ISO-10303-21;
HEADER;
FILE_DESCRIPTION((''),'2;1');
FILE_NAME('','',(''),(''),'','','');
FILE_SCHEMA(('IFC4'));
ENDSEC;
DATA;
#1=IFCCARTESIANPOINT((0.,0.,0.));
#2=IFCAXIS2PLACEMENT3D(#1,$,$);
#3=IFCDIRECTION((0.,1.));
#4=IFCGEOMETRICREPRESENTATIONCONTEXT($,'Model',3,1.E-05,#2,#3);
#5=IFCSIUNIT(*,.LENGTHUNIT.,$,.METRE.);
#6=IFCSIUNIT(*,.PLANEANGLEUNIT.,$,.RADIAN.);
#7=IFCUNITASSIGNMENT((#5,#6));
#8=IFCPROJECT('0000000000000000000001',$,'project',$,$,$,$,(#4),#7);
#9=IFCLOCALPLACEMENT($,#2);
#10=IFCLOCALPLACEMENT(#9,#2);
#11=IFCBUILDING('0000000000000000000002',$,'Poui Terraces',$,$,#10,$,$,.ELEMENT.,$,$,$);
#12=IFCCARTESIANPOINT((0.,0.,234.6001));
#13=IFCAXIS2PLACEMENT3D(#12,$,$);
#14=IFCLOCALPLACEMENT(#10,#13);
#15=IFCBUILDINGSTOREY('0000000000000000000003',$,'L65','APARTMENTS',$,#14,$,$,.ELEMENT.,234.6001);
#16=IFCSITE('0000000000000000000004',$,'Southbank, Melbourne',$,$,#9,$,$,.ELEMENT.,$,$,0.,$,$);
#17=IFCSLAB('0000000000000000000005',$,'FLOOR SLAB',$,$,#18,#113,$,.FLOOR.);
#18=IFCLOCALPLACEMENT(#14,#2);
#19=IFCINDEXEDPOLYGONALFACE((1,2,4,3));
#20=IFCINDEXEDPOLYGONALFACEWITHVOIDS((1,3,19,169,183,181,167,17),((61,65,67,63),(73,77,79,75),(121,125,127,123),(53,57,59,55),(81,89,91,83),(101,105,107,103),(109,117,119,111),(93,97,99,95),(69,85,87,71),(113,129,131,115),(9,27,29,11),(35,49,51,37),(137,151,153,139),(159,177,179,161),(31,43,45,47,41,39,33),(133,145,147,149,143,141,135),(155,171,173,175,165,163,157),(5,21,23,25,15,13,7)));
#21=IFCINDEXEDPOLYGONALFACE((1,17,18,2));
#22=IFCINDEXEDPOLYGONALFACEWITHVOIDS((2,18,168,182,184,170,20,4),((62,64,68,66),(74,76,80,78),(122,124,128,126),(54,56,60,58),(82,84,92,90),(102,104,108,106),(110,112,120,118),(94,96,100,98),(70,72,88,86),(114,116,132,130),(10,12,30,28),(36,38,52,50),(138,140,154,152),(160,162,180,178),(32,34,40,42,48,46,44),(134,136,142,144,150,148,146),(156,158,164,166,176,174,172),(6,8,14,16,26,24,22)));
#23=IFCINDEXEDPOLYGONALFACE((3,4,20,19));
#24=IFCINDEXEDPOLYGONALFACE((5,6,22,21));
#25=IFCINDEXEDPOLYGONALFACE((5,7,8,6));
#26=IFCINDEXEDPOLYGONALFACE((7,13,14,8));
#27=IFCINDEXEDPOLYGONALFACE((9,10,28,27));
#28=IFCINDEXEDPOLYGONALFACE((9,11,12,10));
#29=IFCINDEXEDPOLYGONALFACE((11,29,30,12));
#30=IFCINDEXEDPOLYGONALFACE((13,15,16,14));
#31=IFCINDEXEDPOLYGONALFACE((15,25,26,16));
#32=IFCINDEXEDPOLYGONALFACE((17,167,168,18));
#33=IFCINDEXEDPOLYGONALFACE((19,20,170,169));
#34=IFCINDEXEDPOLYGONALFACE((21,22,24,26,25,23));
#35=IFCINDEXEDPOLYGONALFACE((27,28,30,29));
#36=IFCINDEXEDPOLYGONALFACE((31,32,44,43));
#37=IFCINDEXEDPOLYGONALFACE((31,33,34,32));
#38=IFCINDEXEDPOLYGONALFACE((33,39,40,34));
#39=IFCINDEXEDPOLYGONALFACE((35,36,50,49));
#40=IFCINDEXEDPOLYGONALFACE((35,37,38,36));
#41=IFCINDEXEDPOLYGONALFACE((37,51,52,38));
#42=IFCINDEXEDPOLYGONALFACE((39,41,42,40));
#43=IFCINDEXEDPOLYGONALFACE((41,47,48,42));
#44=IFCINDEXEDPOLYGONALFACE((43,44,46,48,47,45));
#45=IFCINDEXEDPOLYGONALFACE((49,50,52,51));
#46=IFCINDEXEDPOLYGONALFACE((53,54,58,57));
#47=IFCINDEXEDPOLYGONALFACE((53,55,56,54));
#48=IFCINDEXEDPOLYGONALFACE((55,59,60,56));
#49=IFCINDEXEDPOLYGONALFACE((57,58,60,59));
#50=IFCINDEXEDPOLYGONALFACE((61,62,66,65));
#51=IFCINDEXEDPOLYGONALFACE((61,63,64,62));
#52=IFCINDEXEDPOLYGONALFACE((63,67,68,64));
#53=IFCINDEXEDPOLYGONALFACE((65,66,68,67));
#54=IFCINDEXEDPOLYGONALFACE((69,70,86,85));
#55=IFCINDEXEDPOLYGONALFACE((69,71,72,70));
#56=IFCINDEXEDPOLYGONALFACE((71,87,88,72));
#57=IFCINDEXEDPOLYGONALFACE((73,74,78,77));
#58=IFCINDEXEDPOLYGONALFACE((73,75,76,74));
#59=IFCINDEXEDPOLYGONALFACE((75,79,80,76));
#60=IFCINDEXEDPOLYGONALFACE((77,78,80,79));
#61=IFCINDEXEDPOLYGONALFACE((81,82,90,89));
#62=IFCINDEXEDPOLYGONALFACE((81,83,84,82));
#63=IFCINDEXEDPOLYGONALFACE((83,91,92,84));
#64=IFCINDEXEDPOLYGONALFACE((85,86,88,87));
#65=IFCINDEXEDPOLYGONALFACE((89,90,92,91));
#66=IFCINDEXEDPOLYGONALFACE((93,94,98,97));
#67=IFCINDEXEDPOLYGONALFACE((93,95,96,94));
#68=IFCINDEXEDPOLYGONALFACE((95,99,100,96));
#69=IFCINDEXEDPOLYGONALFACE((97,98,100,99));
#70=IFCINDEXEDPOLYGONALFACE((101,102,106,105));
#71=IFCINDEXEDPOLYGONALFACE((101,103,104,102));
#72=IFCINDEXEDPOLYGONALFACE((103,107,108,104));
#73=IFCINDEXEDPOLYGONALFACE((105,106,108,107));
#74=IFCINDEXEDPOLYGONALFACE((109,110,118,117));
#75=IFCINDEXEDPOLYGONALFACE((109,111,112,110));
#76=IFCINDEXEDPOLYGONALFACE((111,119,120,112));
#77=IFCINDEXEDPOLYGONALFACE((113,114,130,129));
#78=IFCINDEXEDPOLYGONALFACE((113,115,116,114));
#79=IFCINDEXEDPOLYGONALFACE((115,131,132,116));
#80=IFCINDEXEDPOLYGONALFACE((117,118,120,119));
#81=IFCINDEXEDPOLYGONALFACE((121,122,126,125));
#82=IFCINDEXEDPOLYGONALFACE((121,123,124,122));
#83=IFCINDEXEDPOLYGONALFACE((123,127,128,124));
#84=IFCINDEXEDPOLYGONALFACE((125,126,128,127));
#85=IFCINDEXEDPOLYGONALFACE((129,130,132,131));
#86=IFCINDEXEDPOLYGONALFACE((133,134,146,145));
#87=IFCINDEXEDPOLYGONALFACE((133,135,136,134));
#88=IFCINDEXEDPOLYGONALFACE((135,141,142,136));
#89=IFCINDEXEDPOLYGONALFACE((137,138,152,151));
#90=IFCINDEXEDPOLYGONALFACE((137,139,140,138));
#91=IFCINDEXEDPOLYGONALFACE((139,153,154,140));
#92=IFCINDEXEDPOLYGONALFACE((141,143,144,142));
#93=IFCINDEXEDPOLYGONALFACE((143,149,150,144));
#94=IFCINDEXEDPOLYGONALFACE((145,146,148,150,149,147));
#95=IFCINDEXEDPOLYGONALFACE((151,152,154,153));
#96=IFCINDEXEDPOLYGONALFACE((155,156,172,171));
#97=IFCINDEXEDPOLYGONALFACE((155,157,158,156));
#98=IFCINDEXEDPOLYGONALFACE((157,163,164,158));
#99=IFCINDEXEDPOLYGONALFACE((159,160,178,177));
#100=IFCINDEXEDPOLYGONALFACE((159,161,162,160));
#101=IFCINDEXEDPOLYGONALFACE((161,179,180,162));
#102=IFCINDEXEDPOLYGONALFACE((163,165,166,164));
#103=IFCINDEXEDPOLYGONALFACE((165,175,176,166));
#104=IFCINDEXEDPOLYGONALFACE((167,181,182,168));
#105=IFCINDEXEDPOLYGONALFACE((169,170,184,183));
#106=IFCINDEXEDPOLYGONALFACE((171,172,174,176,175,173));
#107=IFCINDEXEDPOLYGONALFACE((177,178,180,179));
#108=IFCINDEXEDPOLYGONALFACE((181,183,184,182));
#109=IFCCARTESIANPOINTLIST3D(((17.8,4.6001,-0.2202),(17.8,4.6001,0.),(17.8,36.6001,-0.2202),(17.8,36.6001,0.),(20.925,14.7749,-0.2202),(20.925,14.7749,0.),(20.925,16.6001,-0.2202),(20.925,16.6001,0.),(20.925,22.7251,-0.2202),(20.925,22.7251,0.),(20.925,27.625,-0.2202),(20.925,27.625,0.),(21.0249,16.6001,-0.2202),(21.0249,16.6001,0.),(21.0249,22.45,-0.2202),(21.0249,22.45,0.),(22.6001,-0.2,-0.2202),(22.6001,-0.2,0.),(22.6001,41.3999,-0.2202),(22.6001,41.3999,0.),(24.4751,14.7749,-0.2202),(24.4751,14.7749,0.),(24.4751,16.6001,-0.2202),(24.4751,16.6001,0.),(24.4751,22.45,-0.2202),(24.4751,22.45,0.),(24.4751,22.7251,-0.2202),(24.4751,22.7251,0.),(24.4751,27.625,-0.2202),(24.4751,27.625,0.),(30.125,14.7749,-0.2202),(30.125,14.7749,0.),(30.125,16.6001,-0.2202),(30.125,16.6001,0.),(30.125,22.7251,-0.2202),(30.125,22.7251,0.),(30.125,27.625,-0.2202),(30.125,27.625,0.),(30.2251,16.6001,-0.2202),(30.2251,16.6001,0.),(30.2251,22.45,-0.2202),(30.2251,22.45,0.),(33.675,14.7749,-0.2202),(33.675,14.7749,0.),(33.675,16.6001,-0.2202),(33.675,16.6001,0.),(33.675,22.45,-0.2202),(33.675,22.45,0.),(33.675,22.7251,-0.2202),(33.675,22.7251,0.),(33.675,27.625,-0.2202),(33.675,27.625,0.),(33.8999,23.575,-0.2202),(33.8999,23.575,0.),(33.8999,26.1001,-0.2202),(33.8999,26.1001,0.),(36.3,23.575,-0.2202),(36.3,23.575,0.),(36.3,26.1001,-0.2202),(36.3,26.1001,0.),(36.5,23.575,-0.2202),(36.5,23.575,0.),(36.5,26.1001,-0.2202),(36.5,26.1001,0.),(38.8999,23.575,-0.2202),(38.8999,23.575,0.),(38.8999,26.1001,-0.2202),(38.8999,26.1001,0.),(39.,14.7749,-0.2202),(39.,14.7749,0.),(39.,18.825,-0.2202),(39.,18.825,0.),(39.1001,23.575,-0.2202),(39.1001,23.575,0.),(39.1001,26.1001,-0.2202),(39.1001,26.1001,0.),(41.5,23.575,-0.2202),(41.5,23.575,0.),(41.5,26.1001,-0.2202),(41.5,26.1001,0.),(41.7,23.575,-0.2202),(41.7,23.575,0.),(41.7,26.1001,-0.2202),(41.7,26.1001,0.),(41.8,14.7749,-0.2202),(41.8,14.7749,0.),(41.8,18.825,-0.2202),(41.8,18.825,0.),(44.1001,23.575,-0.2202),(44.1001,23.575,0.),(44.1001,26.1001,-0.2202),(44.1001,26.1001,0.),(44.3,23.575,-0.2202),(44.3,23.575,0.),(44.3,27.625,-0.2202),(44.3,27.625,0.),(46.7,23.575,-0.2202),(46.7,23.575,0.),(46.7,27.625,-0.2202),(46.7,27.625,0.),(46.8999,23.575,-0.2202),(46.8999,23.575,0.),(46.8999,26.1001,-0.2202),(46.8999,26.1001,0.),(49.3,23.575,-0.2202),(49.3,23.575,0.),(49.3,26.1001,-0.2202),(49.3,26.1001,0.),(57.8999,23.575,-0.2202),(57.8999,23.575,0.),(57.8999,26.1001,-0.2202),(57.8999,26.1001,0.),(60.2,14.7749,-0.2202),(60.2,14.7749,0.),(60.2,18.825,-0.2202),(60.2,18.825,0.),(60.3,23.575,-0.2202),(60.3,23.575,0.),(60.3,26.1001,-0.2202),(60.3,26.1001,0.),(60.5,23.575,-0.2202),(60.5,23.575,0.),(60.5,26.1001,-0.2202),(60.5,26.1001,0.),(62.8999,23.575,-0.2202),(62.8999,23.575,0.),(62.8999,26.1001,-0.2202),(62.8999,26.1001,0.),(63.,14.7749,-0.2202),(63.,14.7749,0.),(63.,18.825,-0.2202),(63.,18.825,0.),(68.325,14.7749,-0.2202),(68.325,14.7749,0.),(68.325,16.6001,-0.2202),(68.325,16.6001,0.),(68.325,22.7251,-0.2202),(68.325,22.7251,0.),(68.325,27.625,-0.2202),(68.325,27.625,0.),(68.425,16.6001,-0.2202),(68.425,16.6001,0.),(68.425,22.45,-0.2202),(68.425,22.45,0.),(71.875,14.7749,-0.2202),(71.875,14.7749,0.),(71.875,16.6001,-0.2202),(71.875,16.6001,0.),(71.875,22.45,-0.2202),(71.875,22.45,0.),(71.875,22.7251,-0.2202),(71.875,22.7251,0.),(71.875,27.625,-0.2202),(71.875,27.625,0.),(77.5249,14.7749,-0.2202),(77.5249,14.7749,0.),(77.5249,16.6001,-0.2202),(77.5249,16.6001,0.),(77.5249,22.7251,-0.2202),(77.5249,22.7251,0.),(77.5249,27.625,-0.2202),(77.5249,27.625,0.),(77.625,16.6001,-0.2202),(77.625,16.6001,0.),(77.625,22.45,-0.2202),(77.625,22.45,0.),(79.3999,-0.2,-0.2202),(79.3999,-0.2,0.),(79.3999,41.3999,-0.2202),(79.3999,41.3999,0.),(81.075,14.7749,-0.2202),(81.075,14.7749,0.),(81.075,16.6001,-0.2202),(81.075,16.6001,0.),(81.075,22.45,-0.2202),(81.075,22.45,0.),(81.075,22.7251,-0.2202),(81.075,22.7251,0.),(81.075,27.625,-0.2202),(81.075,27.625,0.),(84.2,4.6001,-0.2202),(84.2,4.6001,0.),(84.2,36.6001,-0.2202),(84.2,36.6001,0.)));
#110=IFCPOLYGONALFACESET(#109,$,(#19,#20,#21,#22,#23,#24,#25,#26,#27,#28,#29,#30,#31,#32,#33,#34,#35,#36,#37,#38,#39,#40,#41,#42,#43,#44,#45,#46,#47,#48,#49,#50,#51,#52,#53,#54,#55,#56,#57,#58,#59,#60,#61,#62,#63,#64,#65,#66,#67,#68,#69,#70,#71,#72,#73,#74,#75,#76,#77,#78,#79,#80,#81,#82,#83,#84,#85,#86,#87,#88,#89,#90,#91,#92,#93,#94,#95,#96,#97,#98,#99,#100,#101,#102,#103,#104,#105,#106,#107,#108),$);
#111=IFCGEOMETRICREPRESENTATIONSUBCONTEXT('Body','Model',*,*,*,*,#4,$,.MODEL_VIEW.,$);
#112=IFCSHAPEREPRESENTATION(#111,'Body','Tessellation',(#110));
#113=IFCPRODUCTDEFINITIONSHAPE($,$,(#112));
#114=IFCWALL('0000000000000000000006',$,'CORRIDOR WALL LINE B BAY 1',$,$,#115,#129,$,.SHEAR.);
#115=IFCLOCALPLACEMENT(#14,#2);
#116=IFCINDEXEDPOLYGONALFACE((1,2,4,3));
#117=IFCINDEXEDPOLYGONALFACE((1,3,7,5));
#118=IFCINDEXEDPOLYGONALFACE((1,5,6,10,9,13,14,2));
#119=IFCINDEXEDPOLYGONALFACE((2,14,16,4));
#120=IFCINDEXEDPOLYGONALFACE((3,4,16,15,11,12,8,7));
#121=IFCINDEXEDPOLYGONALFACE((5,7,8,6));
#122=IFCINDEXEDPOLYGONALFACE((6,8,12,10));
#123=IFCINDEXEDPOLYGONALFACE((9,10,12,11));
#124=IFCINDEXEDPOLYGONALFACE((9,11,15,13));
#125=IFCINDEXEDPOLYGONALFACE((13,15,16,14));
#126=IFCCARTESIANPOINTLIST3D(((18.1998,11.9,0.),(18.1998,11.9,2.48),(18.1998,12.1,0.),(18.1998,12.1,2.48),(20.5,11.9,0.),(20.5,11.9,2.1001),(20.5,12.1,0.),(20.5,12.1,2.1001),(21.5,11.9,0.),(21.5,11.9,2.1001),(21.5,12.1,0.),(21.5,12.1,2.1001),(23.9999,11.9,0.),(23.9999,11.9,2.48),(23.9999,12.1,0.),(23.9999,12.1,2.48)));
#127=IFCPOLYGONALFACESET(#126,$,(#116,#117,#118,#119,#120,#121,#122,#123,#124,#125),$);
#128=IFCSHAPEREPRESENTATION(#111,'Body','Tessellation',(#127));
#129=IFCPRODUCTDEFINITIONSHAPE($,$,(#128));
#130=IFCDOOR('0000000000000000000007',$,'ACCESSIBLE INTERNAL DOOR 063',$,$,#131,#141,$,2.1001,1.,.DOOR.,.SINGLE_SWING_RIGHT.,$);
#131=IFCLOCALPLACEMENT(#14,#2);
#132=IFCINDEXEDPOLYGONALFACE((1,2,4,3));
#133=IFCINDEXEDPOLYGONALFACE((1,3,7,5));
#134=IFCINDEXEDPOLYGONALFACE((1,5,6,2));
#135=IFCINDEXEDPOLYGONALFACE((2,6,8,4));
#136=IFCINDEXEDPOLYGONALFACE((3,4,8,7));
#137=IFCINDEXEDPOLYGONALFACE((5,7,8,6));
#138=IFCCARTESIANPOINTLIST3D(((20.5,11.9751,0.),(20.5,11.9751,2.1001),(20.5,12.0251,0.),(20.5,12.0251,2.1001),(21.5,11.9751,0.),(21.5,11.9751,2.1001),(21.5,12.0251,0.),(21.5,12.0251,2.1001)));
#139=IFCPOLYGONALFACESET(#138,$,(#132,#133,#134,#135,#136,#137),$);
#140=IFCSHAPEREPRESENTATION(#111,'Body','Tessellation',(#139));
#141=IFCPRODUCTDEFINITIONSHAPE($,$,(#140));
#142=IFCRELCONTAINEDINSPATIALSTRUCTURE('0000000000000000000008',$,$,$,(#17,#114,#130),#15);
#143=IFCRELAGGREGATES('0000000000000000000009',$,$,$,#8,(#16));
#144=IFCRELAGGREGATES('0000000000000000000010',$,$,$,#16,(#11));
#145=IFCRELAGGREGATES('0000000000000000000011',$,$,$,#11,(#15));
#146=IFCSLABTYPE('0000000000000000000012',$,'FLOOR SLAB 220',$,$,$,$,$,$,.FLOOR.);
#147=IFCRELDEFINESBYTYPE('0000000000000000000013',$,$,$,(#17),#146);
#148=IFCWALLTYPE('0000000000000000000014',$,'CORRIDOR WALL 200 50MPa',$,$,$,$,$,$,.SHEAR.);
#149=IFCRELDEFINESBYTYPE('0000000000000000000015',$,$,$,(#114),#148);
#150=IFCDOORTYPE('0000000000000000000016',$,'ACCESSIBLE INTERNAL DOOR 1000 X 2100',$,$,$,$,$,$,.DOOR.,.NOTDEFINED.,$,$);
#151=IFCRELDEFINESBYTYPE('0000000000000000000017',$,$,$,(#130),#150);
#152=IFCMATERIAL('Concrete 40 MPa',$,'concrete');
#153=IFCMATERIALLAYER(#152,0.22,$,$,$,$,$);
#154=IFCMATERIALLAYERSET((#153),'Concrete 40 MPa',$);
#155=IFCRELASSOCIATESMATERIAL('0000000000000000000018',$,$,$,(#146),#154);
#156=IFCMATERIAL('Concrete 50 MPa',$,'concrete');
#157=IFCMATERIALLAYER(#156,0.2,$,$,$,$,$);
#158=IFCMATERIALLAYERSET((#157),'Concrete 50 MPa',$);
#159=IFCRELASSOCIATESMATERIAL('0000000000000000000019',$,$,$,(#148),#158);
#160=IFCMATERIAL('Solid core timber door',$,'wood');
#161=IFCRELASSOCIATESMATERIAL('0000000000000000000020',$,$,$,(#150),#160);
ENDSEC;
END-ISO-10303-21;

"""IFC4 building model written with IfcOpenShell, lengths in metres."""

from ifc_helpers import new_model, si_unit, direction, frame, frame_2d, origin, place, context, subcontext, project, spatial, polyline, rectangle, outline, extrude, source, transform, mapped, material, layer, layer_set, type_object, element, fill, save


model = new_model("IFC4")

# Units and contexts
model_context = context("Model", 3, precision=1e-05, world=origin(), true_north=direction((0.0, 1.0)))
body_context = subcontext(model_context, "Body", "Model", "MODEL_VIEW")
ifc_project = project(units=[si_unit("LENGTHUNIT", "METRE"), si_unit("PLANEANGLEUNIT", "RADIAN")], contexts=[model_context])

# Site, building, storey
site_placement = place(None, origin())
site = spatial("IfcSite", under=ifc_project, at=site_placement, Name="Southbank, Melbourne", CompositionType="ELEMENT", RefElevation=0.0)
building_placement = place(site_placement, origin())
building = spatial("IfcBuilding", under=site, at=building_placement, Name="Poui Terraces", CompositionType="ELEMENT")
storey_placement = place(building_placement, frame((0.0, 0.0, 234.6001)))
storey = spatial("IfcBuildingStorey", under=building, at=storey_placement, Name="L65", Description="APARTMENTS", CompositionType="ELEMENT", Elevation=234.6001)

# Shared definitions
ifc_material_1 = material(Name="Concrete 50 MPa", Category="concrete")

# Slab
ifc_material_2 = material(Name="Concrete 40 MPa", Category="concrete")
ifc_layer_1 = layer(ifc_material_2, 0.22)
ifc_layer_set_1 = layer_set([ifc_layer_1], Name="Concrete 40 MPa")
slab_type_1 = type_object("IfcSlabType", Name="FLOOR SLAB 220", PredefinedType="FLOOR", material=ifc_layer_set_1)
shared_shape = source(origin(), body_context, "Body", "SweptSolid", [
    extrude(outline(polyline([(0.0, 0.0), (4.8, -4.8), (61.5999, -4.8), (66.3999, 0.0), (66.3999, 32.0), (61.5999, 36.7998), (4.8, 36.7998), (0.0, 32.0), (0.0, 0.0)]), holes=[polyline([(21.2, 10.1748), (21.2, 14.2249), (24.0, 14.2249), (24.0, 10.1748), (21.2, 10.1748)]), polyline([(3.2249, 17.8499), (6.675, 17.8499), (6.675, 12.0), (6.675, 10.1748), (3.125, 10.1748), (3.125, 12.0), (3.2249, 12.0), (3.2249, 17.8499)]), polyline([(12.425, 17.8499), (15.875, 17.8499), (15.875, 12.0), (15.875, 10.1748), (12.325, 10.1748), (12.325, 12.0), (12.425, 12.0), (12.425, 17.8499)]), polyline([(16.0999, 18.9749), (16.0999, 21.5), (18.5, 21.5), (18.5, 18.9749), (16.0999, 18.9749)]), polyline([(18.7, 18.9749), (18.7, 21.5), (21.0999, 21.5), (21.0999, 18.9749), (18.7, 18.9749)]), polyline([(21.3, 18.9749), (21.3, 21.5), (23.7, 21.5), (23.7, 18.9749), (21.3, 18.9749)]), polyline([(23.8999, 18.9749), (23.8999, 21.5), (26.3, 21.5), (26.3, 18.9749), (23.8999, 18.9749)]), polyline([(3.125, 23.0249), (6.675, 23.0249), (6.675, 18.125), (3.125, 18.125), (3.125, 23.0249)]), polyline([(12.325, 23.0249), (15.875, 23.0249), (15.875, 18.125), (12.325, 18.125), (12.325, 23.0249)]), polyline([(42.3999, 10.1748), (42.3999, 14.2249), (45.2, 14.2249), (45.2, 10.1748), (42.3999, 10.1748)]), polyline([(50.625, 17.8499), (54.075, 17.8499), (54.075, 12.0), (54.075, 10.1748), (50.5249, 10.1748), (50.5249, 12.0), (50.625, 12.0), (50.625, 17.8499)]), polyline([(59.825, 17.8499), (63.2749, 17.8499), (63.2749, 12.0), (63.2749, 10.1748), (59.7249, 10.1748), (59.7249, 12.0), (59.825, 12.0), (59.825, 17.8499)]), polyline([(29.0999, 18.9749), (29.0999, 21.5), (31.5, 21.5), (31.5, 18.9749), (29.0999, 18.9749)]), polyline([(40.0999, 18.9749), (40.0999, 21.5), (42.5, 21.5), (42.5, 18.9749), (40.0999, 18.9749)]), polyline([(42.7, 18.9749), (42.7, 21.5), (45.0999, 21.5), (45.0999, 18.9749), (42.7, 18.9749)]), polyline([(50.5249, 18.125), (50.5249, 23.0249), (54.075, 23.0249), (54.075, 18.125), (50.5249, 18.125)]), polyline([(59.7249, 23.0249), (63.2749, 23.0249), (63.2749, 18.125), (59.7249, 18.125), (59.7249, 23.0249)]), polyline([(26.5, 23.0249), (28.8999, 23.0249), (28.8999, 18.9749), (26.5, 18.9749), (26.5, 23.0249)])]), origin(), (0.0, 0.0, 1.0), 0.2202),
])
slab_1_placement = place(storey_placement, frame((17.8, 4.6001, -0.2202)))
element("IfcSlab", 1, at=slab_1_placement, inside=storey, type_object=slab_type_1, Name="FLOOR SLAB", PredefinedType="FLOOR", context=body_context, shape_type="MappedRepresentation", body=[
    mapped(shared_shape, transform((0.0, 0.0, 0.0))),
])

# Wall, opening, door
ifc_layer_2 = layer(ifc_material_1, 0.2)
ifc_layer_set_2 = layer_set([ifc_layer_2], Name="Concrete 50 MPa")
wall_type_1 = type_object("IfcWallType", Name="CORRIDOR WALL 200 50MPa", PredefinedType="SHEAR", material=ifc_layer_set_2)
wall_1_placement = place(storey_placement, frame((18.2, 12.0, 0.0), z_axis=(0.0, 0.0, 1.0), x_axis=(1.0, 0.0, 0.0)))
wall_1 = element("IfcWall", 2, at=wall_1_placement, inside=storey, type_object=wall_type_1, Name="CORRIDOR WALL LINE B BAY 1", PredefinedType="SHEAR", context=body_context, shape_type="SweptSolid", body=[
    extrude(rectangle(XDim=5.8, YDim=0.2, at=frame_2d((2.8999, 0.0))), origin(), (0.0, 0.0, 1.0), 2.48),
])
opening_1_placement = place(wall_1_placement, frame((2.3, 0.0, 0.0)))
opening_1 = element("IfcOpeningElement", 3, at=opening_1_placement, cuts=wall_1, PredefinedType="OPENING", context=body_context, shape_type="SweptSolid", body=[
    extrude(rectangle(XDim=1.0, YDim=2.1001, at=frame_2d((0.5, 1.05))), frame((0.0, 0.1099, 0.0), z_axis=(0.0, -1.0, 0.0), x_axis=(1.0, 0.0, 0.0)), (0.0, 0.0, 1.0), 0.22),
])
ifc_material_3 = material(Name="Solid core timber door", Category="wood")
door_type = type_object("IfcDoorType", Name="ACCESSIBLE INTERNAL DOOR 1000 X 2100", OperationType="NOTDEFINED", PredefinedType="DOOR", material=ifc_material_3)
door_placement = place(opening_1_placement, frame((1.0, 0.0, 0.0), z_axis=(0.0, 0.0, 1.0), x_axis=(-1.0, 0.0, 0.0)))
door = element("IfcDoor", 4, at=door_placement, inside=storey, type_object=door_type, Name="ACCESSIBLE INTERNAL DOOR 063", OperationType="SINGLE_SWING_RIGHT", OverallHeight=2.1001, OverallWidth=1.0, PredefinedType="DOOR", context=body_context, shape_type="SweptSolid", body=[
    extrude(rectangle(XDim=1.0, YDim=2.1001, at=frame_2d((0.5, 1.05))), frame((0.0, 0.0249, 0.0), z_axis=(0.0, -1.0, 0.0), x_axis=(1.0, 0.0, 0.0)), (0.0, 0.0, 1.0), 0.05),
])
fill(opening_1, door)

save(model, "model.ifc")
